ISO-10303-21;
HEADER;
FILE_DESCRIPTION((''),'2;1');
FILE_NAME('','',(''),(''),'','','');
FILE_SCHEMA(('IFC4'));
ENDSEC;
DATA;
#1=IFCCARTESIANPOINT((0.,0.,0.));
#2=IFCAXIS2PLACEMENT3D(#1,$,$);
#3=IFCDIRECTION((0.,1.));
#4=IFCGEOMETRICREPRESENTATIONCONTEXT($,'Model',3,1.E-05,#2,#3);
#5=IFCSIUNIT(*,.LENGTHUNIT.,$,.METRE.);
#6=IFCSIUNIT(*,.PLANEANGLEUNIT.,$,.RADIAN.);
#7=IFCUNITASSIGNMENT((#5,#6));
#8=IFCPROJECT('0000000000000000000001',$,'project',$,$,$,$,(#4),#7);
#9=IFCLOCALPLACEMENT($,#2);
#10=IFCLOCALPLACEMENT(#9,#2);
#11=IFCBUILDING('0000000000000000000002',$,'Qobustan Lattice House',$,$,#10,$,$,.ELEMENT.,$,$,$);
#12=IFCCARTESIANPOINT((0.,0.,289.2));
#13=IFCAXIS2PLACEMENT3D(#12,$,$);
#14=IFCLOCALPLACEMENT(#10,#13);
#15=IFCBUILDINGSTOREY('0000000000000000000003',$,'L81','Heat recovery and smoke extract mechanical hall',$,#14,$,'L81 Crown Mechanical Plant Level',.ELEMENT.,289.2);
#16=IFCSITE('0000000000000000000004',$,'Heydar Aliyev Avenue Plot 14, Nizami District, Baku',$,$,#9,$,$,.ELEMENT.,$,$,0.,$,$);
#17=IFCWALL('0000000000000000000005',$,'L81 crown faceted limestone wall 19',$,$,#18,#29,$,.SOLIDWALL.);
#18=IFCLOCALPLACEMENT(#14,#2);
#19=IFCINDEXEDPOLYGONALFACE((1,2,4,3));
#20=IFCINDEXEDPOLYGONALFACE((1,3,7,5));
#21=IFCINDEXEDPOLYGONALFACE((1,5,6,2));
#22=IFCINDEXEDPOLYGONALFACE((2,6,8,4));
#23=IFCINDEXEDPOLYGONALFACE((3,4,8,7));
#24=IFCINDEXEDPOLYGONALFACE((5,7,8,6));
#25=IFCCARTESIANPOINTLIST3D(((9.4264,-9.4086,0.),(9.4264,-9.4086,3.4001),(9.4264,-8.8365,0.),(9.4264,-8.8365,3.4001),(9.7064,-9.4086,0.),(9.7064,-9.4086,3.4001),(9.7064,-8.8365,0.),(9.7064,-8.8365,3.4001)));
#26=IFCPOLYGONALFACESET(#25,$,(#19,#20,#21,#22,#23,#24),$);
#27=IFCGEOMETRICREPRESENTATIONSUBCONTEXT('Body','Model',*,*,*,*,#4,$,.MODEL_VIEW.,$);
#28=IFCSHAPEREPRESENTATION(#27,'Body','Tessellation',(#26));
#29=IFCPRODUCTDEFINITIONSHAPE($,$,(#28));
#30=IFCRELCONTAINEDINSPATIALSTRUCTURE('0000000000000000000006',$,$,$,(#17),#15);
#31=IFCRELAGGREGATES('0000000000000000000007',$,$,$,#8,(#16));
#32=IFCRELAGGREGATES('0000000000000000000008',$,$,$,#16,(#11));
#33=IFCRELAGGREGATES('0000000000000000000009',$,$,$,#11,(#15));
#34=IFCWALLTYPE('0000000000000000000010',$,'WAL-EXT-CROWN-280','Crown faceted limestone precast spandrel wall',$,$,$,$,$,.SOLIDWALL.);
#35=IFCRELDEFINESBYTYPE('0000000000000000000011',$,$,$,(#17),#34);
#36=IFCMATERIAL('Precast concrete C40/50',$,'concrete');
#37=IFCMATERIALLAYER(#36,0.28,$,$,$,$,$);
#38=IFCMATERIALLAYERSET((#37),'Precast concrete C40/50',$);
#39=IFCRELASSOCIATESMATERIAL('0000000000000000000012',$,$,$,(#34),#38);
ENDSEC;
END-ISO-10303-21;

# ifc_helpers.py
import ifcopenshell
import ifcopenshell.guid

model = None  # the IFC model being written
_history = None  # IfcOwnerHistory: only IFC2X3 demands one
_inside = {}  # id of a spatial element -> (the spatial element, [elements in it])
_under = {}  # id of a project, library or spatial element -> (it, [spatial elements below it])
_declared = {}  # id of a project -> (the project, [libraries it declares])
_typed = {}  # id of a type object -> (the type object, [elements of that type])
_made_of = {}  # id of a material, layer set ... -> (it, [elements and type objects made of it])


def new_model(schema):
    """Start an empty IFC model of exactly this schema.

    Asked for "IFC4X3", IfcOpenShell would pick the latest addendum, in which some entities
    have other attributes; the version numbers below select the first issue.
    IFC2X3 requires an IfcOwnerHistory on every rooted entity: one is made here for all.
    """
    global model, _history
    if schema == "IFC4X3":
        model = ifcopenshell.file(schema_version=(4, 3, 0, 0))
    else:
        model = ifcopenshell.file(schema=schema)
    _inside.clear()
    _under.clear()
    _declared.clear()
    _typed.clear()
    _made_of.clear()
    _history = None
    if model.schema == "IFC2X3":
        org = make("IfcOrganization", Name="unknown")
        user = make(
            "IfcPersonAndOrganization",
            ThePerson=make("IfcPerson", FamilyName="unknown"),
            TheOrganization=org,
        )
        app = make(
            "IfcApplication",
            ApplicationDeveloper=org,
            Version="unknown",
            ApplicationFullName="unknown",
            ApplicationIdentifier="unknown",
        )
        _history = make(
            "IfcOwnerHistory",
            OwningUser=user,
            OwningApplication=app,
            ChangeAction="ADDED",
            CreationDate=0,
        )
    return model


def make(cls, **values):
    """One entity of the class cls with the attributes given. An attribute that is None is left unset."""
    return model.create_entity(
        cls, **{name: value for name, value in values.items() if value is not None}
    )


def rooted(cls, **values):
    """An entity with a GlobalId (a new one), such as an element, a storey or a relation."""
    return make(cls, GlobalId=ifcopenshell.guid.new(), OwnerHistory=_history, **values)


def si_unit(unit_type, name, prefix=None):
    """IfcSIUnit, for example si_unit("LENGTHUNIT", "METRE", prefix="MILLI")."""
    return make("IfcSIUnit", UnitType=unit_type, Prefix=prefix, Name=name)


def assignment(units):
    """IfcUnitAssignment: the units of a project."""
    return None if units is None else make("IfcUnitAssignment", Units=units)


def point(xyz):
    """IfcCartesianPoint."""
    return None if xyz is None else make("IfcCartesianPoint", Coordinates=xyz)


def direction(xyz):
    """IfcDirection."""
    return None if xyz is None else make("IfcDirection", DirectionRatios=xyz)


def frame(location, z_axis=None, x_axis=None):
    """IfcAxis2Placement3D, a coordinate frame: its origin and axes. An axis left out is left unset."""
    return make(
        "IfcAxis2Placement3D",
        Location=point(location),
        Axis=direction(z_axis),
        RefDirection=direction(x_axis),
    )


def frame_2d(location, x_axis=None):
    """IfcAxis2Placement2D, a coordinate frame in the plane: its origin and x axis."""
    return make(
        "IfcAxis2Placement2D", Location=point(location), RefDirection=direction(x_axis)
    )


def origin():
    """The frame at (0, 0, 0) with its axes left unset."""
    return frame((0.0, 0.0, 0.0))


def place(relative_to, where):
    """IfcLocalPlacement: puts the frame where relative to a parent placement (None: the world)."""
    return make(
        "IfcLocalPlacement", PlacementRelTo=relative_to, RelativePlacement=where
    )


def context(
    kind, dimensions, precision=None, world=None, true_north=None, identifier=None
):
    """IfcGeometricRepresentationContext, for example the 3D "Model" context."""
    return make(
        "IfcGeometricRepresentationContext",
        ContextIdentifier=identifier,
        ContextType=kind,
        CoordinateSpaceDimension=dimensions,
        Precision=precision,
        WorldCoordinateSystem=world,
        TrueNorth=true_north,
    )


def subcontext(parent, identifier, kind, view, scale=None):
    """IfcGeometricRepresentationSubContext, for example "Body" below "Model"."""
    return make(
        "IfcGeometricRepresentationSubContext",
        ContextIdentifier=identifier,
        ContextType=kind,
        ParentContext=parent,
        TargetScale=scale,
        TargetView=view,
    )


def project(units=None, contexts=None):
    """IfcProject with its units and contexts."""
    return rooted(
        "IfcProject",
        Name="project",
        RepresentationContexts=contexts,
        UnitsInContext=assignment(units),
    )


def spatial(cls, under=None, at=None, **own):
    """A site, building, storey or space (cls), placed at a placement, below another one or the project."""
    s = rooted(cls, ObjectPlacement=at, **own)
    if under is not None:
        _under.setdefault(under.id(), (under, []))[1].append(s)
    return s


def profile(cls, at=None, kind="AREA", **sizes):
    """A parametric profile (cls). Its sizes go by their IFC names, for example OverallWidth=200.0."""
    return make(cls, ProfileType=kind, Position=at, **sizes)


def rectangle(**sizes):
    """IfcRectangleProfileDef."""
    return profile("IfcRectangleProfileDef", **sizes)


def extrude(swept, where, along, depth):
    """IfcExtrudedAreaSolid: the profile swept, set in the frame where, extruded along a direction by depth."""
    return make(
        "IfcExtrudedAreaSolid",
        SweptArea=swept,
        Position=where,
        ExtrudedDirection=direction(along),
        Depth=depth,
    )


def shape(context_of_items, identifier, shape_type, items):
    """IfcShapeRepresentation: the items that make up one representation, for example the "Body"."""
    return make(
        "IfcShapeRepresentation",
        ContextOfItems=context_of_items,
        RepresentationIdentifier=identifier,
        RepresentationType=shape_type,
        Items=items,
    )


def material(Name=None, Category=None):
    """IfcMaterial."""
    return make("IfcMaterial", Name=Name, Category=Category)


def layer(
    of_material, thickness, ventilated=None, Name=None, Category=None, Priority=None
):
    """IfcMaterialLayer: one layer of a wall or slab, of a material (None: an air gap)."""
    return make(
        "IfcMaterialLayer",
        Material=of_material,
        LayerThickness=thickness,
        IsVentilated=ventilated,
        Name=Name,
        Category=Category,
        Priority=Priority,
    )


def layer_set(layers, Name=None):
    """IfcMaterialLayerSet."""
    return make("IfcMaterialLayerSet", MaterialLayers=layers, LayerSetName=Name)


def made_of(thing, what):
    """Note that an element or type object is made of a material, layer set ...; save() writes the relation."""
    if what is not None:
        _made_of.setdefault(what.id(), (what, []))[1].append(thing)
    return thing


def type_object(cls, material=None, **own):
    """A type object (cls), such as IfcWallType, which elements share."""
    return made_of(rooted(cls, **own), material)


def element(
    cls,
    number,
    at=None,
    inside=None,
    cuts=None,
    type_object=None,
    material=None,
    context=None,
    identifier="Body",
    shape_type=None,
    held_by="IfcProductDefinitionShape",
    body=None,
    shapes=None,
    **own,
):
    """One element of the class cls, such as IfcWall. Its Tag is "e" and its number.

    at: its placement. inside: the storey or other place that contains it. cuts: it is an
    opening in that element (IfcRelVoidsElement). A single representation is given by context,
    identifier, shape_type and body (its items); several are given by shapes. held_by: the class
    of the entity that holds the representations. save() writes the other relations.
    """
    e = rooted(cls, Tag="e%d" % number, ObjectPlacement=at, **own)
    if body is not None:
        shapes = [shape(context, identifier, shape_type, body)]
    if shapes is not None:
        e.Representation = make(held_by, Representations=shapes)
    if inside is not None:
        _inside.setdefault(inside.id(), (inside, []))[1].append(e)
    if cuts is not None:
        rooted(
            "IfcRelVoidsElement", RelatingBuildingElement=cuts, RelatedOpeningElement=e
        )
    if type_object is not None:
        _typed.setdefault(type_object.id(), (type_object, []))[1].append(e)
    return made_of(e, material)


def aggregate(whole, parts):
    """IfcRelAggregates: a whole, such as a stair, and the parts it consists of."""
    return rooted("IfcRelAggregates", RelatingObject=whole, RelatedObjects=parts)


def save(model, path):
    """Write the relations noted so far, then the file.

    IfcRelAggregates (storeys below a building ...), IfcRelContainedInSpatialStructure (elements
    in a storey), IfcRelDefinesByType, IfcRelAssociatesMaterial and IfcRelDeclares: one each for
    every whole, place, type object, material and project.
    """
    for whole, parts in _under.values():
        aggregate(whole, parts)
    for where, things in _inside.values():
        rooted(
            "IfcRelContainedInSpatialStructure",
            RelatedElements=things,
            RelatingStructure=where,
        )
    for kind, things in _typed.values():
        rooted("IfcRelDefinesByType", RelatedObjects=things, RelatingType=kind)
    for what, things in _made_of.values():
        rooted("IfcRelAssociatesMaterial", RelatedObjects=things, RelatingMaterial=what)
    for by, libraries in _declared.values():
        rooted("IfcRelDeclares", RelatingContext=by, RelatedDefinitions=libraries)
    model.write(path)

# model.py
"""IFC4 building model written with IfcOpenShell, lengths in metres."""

from ifc_helpers import new_model, si_unit, direction, frame, frame_2d, origin, place, context, subcontext, project, spatial, rectangle, extrude, material, layer, layer_set, type_object, element, save


model = new_model("IFC4")

# Units and contexts
model_context = context("Model", 3, precision=1e-05, world=origin(), true_north=direction((0.0, 1.0)))
body_context = subcontext(model_context, "Body", "Model", "MODEL_VIEW")
ifc_project = project(units=[si_unit("LENGTHUNIT", "METRE"), si_unit("PLANEANGLEUNIT", "RADIAN")], contexts=[model_context])

# Site, building, storey
site_placement = place(None, origin())
site = spatial("IfcSite", under=ifc_project, at=site_placement, Name="Heydar Aliyev Avenue Plot 14, Nizami District, Baku", CompositionType="ELEMENT", RefElevation=0.0)
building_placement = place(site_placement, origin())
building = spatial("IfcBuilding", under=site, at=building_placement, Name="Qobustan Lattice House", CompositionType="ELEMENT")
storey_placement = place(building_placement, frame((0.0, 0.0, 289.2)))
storey = spatial("IfcBuildingStorey", under=building, at=storey_placement, Name="L81", Description="Heat recovery and smoke extract mechanical hall", LongName="L81 Crown Mechanical Plant Level", CompositionType="ELEMENT", Elevation=289.2)

# Wall
ifc_material_1 = material(Name="Precast concrete C40/50", Category="concrete")
ifc_layer_1 = layer(ifc_material_1, 0.28)
ifc_layer_set_1 = layer_set([ifc_layer_1], Name="Precast concrete C40/50")
wall_type = type_object("IfcWallType", Name="WAL-EXT-CROWN-280", Description="Crown faceted limestone precast spandrel wall", PredefinedType="SOLIDWALL", material=ifc_layer_set_1)
wall_1_placement = place(storey_placement, frame((9.5664, -8.8364, 0.0), z_axis=(0.0, 0.0, 1.0), x_axis=(0.0, -1.0, 0.0)))
element("IfcWall", 1, at=wall_1_placement, inside=storey, type_object=wall_type, Name="L81 crown faceted limestone wall 19", PredefinedType="SOLIDWALL", context=body_context, shape_type="SweptSolid", body=[
    extrude(rectangle(XDim=0.572, YDim=0.28, at=frame_2d((0.2861, 0.0))), origin(), (0.0, 0.0, 1.0), 3.4001),
])

save(model, "model.ifc")
